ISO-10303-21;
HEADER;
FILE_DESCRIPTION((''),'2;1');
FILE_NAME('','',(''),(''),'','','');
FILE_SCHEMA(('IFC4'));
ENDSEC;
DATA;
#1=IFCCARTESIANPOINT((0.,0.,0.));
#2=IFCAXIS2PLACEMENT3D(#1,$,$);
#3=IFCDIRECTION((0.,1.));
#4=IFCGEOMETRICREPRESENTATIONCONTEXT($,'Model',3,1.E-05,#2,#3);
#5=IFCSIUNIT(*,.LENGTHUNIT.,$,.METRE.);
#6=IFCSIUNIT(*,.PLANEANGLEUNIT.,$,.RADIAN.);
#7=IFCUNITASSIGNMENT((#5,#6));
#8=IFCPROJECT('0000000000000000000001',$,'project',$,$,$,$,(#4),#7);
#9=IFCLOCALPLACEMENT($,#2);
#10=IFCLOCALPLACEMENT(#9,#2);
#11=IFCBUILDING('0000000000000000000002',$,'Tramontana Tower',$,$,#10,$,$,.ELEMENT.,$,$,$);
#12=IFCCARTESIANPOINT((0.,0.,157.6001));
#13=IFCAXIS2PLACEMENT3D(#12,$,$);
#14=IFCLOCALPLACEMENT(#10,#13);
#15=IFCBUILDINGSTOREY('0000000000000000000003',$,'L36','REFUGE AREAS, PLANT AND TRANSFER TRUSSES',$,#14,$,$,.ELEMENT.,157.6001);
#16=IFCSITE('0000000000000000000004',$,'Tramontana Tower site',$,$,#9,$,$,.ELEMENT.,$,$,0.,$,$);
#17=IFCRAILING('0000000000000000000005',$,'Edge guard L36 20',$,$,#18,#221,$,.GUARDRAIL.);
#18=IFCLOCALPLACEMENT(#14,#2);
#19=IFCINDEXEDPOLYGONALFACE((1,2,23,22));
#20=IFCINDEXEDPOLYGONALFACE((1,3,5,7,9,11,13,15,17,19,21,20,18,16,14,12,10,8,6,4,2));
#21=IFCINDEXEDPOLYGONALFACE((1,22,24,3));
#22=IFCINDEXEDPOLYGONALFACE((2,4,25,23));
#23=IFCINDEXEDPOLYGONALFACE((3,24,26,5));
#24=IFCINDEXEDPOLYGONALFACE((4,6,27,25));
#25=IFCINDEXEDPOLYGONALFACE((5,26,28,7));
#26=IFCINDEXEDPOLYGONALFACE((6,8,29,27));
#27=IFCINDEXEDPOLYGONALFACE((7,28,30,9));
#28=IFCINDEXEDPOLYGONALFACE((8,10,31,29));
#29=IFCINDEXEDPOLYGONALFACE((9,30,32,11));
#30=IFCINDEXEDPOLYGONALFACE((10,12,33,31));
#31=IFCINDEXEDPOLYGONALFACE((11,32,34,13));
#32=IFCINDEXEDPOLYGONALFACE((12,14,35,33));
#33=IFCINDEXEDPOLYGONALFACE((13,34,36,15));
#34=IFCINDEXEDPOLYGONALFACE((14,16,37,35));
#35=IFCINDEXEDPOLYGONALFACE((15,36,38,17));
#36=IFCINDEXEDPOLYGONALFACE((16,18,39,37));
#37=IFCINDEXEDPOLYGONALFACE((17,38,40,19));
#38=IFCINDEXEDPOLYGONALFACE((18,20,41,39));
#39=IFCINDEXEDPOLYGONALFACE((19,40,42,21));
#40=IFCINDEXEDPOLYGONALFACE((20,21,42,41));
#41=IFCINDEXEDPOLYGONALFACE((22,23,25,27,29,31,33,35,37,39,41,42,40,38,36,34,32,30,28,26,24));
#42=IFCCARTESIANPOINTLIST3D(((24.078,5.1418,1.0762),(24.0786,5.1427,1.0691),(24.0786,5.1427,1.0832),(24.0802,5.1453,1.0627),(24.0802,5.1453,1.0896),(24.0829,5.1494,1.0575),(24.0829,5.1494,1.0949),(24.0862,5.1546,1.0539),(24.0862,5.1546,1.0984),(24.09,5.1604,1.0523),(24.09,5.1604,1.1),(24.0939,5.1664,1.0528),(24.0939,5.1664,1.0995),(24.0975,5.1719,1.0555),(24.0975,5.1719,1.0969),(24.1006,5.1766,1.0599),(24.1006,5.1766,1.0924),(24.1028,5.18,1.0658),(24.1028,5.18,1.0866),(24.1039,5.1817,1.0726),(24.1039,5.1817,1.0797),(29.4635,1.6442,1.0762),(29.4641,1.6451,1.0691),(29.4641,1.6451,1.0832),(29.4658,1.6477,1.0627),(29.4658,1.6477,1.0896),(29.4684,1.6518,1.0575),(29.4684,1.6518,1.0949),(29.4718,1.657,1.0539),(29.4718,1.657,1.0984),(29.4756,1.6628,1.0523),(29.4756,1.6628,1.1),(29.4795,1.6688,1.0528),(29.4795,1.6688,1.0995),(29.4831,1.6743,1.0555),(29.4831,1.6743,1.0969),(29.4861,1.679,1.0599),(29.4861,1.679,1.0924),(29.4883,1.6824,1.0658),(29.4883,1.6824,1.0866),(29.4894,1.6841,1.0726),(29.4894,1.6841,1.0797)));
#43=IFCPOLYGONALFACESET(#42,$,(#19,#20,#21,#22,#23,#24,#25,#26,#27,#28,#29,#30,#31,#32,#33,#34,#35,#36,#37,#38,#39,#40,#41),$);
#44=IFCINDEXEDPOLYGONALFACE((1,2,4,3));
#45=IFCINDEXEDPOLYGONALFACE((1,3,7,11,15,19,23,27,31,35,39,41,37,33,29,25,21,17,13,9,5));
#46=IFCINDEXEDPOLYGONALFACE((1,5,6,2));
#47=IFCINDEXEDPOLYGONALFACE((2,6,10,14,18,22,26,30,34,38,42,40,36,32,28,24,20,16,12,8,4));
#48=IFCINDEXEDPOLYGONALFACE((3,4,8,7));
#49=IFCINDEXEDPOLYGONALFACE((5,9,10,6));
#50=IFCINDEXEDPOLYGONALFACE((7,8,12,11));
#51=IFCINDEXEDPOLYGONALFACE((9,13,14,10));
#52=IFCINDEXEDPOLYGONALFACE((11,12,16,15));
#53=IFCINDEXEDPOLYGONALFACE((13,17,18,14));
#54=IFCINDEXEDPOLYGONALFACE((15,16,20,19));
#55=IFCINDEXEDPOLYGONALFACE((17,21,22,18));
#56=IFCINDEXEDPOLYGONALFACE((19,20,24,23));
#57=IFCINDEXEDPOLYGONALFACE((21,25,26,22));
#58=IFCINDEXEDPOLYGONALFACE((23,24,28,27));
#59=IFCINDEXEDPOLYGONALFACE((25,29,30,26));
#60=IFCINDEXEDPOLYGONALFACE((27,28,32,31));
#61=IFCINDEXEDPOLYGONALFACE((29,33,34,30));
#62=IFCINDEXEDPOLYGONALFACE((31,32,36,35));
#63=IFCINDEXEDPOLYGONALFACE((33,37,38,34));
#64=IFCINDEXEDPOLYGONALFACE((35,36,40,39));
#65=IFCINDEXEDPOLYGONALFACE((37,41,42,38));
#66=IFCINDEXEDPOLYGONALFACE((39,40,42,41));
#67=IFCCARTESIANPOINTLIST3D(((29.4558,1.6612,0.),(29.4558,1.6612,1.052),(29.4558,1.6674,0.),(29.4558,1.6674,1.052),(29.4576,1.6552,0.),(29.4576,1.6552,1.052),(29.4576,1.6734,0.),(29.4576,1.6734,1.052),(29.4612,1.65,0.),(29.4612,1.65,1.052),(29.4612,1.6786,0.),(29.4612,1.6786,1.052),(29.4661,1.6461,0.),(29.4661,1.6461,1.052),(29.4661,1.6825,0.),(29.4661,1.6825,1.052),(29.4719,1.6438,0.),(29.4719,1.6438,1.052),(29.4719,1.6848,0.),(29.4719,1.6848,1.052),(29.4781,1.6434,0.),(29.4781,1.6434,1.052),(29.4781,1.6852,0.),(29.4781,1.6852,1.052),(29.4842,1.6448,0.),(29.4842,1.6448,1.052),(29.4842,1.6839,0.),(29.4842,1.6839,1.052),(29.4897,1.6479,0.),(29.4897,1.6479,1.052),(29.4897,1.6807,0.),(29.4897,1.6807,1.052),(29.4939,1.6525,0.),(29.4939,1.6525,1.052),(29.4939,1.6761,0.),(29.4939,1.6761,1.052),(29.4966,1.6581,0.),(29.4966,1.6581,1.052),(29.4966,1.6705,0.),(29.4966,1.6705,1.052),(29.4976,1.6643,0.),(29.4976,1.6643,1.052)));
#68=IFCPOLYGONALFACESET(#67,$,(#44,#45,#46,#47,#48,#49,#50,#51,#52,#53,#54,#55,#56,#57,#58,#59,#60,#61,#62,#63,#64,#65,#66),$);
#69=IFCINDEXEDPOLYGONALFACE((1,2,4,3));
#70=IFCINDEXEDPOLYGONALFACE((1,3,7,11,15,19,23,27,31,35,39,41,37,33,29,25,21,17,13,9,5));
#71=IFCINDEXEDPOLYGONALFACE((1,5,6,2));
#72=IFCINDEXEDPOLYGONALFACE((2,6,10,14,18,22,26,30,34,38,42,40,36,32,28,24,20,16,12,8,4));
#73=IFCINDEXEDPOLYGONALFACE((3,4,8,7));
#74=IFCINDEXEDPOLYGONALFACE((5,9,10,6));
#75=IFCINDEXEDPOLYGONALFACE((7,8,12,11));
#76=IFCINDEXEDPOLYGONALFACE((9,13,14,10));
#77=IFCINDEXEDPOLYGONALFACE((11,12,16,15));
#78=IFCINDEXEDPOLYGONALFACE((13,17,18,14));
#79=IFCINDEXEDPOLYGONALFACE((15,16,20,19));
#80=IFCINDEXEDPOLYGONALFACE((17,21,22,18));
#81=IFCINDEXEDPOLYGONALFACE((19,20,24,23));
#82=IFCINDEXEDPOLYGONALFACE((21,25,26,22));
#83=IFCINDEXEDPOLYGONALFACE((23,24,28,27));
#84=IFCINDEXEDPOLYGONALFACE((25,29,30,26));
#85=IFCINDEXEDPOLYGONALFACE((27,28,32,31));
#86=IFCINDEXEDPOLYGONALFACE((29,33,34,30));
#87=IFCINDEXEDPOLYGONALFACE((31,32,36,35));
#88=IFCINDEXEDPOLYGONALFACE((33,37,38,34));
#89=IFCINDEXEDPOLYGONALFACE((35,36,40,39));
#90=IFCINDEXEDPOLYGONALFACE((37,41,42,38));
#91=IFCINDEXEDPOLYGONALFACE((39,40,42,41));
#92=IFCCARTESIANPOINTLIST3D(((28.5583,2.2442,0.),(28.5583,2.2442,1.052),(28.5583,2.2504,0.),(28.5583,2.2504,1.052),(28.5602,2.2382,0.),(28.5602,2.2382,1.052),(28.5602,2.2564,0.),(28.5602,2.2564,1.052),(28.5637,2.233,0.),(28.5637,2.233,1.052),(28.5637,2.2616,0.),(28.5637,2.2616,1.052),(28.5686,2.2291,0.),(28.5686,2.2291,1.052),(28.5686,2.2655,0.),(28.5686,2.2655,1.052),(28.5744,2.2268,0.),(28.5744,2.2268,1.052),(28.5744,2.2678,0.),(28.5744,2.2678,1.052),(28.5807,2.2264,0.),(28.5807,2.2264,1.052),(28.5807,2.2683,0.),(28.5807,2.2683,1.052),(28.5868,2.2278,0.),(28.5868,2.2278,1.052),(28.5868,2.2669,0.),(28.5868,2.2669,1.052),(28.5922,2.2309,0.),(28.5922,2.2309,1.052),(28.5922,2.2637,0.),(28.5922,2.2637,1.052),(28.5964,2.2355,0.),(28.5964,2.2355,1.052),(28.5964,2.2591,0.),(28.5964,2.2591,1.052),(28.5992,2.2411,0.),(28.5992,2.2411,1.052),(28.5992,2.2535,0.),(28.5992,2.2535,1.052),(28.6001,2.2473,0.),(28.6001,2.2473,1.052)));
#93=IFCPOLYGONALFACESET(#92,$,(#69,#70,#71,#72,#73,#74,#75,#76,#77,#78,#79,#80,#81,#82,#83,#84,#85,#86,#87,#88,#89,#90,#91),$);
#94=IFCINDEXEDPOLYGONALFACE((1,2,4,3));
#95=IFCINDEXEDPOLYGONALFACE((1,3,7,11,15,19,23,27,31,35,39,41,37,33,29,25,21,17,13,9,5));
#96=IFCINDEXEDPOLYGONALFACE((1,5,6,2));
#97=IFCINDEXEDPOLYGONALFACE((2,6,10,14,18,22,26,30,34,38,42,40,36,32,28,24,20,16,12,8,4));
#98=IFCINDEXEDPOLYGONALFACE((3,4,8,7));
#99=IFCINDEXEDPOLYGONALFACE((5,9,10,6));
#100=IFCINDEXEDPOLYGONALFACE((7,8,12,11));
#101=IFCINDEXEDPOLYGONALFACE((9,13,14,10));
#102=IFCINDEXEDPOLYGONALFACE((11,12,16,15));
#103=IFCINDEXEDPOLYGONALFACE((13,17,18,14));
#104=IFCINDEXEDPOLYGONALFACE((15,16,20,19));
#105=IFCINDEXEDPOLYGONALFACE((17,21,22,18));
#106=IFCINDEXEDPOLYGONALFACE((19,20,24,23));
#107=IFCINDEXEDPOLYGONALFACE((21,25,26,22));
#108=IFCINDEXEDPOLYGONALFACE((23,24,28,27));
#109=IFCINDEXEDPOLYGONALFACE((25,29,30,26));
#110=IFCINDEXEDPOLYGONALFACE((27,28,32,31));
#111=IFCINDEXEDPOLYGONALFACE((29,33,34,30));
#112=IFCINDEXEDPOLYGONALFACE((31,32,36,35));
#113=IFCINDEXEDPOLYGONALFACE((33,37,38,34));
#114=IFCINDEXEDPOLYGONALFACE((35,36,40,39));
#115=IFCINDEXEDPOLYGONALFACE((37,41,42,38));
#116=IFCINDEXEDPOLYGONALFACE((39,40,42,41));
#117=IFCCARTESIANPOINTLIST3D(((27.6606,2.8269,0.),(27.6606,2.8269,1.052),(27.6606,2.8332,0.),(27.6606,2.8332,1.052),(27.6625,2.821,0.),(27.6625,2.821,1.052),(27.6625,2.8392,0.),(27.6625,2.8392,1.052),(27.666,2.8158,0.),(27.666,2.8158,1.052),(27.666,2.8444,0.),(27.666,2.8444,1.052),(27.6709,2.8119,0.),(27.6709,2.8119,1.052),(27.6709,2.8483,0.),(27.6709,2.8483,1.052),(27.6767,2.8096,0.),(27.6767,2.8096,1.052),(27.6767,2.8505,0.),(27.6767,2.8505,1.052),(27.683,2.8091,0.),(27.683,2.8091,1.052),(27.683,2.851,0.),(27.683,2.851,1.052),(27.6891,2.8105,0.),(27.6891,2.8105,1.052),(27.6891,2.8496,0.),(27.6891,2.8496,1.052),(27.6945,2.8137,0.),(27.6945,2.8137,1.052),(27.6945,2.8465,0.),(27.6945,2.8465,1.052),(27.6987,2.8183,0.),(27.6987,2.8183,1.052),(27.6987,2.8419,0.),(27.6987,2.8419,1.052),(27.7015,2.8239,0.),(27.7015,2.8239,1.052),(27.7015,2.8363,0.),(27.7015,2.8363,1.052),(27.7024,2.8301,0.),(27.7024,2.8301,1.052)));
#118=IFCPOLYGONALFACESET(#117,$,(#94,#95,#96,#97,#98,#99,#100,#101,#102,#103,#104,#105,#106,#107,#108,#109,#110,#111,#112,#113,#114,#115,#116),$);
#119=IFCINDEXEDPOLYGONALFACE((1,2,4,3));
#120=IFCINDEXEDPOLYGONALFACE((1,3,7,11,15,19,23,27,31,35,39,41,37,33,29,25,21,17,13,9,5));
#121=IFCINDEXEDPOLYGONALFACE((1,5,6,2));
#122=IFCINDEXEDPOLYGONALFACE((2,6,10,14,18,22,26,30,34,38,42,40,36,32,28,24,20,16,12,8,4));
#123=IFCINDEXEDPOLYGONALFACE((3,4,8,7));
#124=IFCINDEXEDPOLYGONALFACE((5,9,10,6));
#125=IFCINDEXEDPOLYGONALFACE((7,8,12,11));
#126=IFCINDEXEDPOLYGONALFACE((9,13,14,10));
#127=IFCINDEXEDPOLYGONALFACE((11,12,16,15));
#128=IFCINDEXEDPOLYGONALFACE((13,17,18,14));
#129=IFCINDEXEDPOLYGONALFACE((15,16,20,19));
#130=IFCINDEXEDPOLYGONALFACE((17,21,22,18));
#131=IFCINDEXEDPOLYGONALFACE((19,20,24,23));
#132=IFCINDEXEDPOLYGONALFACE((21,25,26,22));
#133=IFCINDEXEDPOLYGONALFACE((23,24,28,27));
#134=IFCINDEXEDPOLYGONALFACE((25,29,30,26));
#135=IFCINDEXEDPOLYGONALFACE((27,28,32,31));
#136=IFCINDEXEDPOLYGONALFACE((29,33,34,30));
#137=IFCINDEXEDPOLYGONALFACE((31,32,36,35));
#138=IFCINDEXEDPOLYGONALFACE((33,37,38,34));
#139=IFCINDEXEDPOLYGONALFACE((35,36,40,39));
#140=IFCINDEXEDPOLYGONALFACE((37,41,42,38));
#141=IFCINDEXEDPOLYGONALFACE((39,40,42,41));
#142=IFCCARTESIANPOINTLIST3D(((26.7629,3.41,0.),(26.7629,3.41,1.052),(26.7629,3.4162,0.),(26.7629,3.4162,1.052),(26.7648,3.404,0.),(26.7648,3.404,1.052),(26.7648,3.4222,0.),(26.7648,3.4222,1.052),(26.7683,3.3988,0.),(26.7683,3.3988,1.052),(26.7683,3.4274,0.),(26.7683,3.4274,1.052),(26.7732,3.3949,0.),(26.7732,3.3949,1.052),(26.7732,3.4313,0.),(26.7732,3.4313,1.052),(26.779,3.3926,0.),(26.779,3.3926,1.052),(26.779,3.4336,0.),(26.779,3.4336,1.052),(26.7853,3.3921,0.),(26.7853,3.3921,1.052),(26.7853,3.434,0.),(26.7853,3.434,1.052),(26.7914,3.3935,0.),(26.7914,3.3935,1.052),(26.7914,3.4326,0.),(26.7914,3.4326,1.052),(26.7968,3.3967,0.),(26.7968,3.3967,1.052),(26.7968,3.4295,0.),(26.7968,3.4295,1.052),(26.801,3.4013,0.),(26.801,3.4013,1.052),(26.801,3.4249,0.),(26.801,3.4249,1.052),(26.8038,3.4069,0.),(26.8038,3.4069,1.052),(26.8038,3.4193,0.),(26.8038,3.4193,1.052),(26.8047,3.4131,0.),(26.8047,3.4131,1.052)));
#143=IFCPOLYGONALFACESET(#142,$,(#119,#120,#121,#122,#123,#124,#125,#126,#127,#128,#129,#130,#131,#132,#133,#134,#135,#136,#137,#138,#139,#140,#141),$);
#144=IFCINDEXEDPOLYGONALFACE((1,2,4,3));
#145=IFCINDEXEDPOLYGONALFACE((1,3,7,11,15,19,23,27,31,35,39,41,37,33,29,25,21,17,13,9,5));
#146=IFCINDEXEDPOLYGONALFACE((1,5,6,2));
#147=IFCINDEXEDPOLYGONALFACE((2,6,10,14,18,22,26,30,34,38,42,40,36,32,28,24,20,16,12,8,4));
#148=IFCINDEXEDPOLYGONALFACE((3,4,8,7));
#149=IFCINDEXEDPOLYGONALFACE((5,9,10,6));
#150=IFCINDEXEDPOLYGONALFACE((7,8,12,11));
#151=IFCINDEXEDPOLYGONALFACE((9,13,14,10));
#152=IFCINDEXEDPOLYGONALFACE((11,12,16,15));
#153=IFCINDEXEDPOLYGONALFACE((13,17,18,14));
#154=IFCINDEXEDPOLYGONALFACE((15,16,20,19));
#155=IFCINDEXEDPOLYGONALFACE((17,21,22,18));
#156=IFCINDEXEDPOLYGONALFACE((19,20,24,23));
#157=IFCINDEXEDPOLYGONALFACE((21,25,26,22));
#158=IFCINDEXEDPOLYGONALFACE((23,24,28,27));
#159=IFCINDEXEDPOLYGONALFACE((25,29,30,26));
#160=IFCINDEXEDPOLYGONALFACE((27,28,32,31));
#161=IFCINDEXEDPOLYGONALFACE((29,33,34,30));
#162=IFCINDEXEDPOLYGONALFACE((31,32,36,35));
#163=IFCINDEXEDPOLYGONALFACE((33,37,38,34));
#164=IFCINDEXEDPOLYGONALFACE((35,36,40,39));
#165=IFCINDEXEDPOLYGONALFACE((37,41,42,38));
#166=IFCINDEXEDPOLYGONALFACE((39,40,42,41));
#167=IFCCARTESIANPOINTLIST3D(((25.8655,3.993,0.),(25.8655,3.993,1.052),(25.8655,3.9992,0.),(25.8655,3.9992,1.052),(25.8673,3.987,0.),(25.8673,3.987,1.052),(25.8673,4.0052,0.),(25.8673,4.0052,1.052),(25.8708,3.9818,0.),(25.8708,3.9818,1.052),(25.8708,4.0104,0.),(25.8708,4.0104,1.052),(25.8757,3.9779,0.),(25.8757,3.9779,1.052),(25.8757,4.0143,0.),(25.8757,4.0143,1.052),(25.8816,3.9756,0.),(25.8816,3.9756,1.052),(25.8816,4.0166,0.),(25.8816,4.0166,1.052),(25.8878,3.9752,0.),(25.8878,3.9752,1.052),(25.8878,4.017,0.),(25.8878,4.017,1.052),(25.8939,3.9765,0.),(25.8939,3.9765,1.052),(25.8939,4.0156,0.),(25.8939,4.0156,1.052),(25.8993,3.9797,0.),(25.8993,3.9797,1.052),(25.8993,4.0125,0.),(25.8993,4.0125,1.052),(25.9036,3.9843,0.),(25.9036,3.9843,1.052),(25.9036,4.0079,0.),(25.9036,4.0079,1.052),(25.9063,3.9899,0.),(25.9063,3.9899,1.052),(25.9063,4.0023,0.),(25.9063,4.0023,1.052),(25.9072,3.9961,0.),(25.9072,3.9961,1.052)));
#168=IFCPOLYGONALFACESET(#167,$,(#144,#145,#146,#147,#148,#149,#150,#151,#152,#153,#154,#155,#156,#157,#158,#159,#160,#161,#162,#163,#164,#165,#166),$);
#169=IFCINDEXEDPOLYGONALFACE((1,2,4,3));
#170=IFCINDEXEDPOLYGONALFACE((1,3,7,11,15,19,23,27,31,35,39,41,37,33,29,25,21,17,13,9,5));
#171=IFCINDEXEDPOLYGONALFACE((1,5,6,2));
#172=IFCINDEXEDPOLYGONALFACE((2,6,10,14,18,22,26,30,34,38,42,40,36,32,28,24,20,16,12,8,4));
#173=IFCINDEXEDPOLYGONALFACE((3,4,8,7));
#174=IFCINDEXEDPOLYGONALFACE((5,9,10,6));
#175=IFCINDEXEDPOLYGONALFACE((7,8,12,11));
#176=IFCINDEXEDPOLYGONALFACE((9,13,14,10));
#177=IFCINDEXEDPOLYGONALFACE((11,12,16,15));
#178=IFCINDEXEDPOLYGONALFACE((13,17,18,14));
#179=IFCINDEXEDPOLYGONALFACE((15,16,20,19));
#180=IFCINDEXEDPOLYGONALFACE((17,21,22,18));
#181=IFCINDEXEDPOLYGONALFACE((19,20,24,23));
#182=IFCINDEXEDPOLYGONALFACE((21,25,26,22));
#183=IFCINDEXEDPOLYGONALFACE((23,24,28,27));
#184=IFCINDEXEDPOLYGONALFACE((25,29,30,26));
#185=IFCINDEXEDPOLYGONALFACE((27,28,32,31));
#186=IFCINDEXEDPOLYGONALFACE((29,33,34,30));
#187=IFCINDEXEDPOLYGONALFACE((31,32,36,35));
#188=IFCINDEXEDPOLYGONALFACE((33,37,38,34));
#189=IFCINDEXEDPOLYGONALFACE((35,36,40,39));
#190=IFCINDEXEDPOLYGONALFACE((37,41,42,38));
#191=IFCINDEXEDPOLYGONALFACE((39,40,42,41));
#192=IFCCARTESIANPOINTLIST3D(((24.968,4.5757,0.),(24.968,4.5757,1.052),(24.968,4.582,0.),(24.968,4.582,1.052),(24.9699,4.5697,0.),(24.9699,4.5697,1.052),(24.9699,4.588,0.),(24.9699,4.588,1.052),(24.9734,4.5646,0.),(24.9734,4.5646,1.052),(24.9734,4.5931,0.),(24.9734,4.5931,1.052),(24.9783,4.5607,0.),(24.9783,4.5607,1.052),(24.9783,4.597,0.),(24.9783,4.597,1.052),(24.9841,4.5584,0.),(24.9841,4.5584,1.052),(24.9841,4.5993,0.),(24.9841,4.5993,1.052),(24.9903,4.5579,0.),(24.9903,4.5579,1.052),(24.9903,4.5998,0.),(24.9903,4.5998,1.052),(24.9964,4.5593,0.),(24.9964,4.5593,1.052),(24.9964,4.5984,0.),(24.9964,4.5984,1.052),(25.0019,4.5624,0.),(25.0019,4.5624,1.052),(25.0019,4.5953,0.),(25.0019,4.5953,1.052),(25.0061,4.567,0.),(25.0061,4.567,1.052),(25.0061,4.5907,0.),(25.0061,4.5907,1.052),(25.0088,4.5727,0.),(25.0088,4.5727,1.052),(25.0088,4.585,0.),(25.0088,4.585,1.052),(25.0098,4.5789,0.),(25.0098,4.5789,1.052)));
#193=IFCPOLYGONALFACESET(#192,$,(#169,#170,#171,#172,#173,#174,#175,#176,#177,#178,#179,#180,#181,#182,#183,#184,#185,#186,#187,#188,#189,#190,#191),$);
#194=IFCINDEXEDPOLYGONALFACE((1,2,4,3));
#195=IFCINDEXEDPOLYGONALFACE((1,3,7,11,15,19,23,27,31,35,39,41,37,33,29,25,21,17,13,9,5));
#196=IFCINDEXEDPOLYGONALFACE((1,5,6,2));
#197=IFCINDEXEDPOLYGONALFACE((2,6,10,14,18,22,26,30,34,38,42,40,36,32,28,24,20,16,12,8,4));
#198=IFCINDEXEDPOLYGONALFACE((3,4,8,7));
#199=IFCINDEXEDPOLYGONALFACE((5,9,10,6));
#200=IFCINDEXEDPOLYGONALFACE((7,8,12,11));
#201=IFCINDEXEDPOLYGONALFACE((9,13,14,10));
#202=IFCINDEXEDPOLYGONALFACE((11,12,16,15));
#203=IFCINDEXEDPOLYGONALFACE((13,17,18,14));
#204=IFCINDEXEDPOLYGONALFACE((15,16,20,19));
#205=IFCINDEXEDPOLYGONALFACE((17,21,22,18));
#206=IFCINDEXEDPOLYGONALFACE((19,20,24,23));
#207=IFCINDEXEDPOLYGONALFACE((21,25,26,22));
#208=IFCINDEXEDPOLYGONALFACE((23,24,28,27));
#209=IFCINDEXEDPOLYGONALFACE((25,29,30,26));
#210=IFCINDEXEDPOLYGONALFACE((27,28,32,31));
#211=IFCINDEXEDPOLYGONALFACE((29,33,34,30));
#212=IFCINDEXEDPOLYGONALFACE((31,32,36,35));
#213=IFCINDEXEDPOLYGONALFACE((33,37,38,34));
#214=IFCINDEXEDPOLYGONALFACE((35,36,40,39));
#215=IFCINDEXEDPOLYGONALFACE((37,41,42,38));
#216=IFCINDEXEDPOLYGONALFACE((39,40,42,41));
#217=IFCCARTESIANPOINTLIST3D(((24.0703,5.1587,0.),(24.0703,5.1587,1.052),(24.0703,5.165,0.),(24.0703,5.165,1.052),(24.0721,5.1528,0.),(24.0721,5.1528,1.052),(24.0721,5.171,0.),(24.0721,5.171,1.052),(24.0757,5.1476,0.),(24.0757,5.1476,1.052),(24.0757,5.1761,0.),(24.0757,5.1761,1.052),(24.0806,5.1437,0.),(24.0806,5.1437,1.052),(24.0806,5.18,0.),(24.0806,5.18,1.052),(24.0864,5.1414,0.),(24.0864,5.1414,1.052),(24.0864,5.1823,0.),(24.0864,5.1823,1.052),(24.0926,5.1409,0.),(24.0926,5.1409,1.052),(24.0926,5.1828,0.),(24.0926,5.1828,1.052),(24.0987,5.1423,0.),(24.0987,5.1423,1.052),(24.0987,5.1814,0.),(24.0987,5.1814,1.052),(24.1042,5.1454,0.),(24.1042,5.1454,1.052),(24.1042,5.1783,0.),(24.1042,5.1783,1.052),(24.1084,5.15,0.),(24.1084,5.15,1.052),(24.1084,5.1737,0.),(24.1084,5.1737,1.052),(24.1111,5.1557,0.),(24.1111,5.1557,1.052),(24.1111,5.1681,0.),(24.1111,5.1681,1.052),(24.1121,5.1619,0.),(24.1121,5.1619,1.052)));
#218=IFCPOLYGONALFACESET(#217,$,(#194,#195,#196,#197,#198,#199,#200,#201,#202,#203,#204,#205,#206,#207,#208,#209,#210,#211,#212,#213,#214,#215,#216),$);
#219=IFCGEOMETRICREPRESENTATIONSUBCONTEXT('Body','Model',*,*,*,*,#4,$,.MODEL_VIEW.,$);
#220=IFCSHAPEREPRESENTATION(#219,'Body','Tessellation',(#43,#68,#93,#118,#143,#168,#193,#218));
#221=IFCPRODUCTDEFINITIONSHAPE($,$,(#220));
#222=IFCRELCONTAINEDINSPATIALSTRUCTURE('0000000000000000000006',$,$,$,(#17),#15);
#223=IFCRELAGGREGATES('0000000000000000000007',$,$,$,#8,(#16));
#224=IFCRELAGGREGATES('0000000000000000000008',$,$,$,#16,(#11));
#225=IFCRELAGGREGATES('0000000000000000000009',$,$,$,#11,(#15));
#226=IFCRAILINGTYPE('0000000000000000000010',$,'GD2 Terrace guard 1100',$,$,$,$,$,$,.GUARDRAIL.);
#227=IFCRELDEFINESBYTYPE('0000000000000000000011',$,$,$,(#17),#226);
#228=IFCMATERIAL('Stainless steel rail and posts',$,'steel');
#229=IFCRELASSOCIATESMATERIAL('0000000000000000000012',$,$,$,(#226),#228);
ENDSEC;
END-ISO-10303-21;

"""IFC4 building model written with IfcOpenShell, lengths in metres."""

from ifc_helpers import new_model, si_unit, direction, frame, origin, origin_2d, place, context, subcontext, project, spatial, circle, extrude, material, type_object, element, save


model = new_model("IFC4")

# Units and contexts
model_context = context("Model", 3, precision=1e-05, world=origin(), true_north=direction((0.0, 1.0)))
body_context = subcontext(model_context, "Body", "Model", "MODEL_VIEW")
ifc_project = project(units=[si_unit("LENGTHUNIT", "METRE"), si_unit("PLANEANGLEUNIT", "RADIAN")], contexts=[model_context])

# Site, building, storey
site_placement = place(None, origin())
site = spatial("IfcSite", under=ifc_project, at=site_placement, Name="Tramontana Tower site", CompositionType="ELEMENT", RefElevation=0.0)
building_placement = place(site_placement, origin())
building = spatial("IfcBuilding", under=site, at=building_placement, Name="Tramontana Tower", CompositionType="ELEMENT")
storey_placement = place(building_placement, frame((0.0, 0.0, 157.6001)))
storey = spatial("IfcBuildingStorey", under=building, at=storey_placement, Name="L36", Description="REFUGE AREAS, PLANT AND TRANSFER TRUSSES", CompositionType="ELEMENT", Elevation=157.6001)

# Railing
ifc_material_1 = material(Name="Stainless steel rail and posts", Category="steel")
railing_type = type_object("IfcRailingType", Name="GD2 Terrace guard 1100", PredefinedType="GUARDRAIL", material=ifc_material_1)
railing_1_placement = place(storey_placement, frame((29.4766, 1.6643, 0.0)))
element("IfcRailing", 1, at=railing_1_placement, inside=storey, type_object=railing_type, Name="Edge guard L36 20", PredefinedType="GUARDRAIL", context=body_context, shape_type="SweptSolid", body=[
    extrude(circle(Radius=0.0239, at=origin_2d()), frame((0.0, 0.0, 1.0762), z_axis=(-0.838658, 0.544658, 0.0), x_axis=(-0.544658, -0.838658, 0.0)), (0.0, 0.0, 1.0), 6.4216),
    extrude(circle(Radius=0.021, at=origin_2d()), origin(), (0.0, 0.0, 1.0), 1.052),
    extrude(circle(Radius=0.021, at=origin_2d()), frame((-0.8975, 0.583, 0.0)), (0.0, 0.0, 1.0), 1.052),
    extrude(circle(Radius=0.021, at=origin_2d()), frame((-1.7952, 1.1658, 0.0)), (0.0, 0.0, 1.0), 1.052),
    extrude(circle(Radius=0.021, at=origin_2d()), frame((-2.6929, 1.7488, 0.0)), (0.0, 0.0, 1.0), 1.052),
    extrude(circle(Radius=0.021, at=origin_2d()), frame((-3.5903, 2.3318, 0.0)), (0.0, 0.0, 1.0), 1.052),
    extrude(circle(Radius=0.021, at=origin_2d()), frame((-4.4878, 2.9146, 0.0)), (0.0, 0.0, 1.0), 1.052),
    extrude(circle(Radius=0.021, at=origin_2d()), frame((-5.3855, 3.4976, 0.0)), (0.0, 0.0, 1.0), 1.052),
])

save(model, "model.ifc")
